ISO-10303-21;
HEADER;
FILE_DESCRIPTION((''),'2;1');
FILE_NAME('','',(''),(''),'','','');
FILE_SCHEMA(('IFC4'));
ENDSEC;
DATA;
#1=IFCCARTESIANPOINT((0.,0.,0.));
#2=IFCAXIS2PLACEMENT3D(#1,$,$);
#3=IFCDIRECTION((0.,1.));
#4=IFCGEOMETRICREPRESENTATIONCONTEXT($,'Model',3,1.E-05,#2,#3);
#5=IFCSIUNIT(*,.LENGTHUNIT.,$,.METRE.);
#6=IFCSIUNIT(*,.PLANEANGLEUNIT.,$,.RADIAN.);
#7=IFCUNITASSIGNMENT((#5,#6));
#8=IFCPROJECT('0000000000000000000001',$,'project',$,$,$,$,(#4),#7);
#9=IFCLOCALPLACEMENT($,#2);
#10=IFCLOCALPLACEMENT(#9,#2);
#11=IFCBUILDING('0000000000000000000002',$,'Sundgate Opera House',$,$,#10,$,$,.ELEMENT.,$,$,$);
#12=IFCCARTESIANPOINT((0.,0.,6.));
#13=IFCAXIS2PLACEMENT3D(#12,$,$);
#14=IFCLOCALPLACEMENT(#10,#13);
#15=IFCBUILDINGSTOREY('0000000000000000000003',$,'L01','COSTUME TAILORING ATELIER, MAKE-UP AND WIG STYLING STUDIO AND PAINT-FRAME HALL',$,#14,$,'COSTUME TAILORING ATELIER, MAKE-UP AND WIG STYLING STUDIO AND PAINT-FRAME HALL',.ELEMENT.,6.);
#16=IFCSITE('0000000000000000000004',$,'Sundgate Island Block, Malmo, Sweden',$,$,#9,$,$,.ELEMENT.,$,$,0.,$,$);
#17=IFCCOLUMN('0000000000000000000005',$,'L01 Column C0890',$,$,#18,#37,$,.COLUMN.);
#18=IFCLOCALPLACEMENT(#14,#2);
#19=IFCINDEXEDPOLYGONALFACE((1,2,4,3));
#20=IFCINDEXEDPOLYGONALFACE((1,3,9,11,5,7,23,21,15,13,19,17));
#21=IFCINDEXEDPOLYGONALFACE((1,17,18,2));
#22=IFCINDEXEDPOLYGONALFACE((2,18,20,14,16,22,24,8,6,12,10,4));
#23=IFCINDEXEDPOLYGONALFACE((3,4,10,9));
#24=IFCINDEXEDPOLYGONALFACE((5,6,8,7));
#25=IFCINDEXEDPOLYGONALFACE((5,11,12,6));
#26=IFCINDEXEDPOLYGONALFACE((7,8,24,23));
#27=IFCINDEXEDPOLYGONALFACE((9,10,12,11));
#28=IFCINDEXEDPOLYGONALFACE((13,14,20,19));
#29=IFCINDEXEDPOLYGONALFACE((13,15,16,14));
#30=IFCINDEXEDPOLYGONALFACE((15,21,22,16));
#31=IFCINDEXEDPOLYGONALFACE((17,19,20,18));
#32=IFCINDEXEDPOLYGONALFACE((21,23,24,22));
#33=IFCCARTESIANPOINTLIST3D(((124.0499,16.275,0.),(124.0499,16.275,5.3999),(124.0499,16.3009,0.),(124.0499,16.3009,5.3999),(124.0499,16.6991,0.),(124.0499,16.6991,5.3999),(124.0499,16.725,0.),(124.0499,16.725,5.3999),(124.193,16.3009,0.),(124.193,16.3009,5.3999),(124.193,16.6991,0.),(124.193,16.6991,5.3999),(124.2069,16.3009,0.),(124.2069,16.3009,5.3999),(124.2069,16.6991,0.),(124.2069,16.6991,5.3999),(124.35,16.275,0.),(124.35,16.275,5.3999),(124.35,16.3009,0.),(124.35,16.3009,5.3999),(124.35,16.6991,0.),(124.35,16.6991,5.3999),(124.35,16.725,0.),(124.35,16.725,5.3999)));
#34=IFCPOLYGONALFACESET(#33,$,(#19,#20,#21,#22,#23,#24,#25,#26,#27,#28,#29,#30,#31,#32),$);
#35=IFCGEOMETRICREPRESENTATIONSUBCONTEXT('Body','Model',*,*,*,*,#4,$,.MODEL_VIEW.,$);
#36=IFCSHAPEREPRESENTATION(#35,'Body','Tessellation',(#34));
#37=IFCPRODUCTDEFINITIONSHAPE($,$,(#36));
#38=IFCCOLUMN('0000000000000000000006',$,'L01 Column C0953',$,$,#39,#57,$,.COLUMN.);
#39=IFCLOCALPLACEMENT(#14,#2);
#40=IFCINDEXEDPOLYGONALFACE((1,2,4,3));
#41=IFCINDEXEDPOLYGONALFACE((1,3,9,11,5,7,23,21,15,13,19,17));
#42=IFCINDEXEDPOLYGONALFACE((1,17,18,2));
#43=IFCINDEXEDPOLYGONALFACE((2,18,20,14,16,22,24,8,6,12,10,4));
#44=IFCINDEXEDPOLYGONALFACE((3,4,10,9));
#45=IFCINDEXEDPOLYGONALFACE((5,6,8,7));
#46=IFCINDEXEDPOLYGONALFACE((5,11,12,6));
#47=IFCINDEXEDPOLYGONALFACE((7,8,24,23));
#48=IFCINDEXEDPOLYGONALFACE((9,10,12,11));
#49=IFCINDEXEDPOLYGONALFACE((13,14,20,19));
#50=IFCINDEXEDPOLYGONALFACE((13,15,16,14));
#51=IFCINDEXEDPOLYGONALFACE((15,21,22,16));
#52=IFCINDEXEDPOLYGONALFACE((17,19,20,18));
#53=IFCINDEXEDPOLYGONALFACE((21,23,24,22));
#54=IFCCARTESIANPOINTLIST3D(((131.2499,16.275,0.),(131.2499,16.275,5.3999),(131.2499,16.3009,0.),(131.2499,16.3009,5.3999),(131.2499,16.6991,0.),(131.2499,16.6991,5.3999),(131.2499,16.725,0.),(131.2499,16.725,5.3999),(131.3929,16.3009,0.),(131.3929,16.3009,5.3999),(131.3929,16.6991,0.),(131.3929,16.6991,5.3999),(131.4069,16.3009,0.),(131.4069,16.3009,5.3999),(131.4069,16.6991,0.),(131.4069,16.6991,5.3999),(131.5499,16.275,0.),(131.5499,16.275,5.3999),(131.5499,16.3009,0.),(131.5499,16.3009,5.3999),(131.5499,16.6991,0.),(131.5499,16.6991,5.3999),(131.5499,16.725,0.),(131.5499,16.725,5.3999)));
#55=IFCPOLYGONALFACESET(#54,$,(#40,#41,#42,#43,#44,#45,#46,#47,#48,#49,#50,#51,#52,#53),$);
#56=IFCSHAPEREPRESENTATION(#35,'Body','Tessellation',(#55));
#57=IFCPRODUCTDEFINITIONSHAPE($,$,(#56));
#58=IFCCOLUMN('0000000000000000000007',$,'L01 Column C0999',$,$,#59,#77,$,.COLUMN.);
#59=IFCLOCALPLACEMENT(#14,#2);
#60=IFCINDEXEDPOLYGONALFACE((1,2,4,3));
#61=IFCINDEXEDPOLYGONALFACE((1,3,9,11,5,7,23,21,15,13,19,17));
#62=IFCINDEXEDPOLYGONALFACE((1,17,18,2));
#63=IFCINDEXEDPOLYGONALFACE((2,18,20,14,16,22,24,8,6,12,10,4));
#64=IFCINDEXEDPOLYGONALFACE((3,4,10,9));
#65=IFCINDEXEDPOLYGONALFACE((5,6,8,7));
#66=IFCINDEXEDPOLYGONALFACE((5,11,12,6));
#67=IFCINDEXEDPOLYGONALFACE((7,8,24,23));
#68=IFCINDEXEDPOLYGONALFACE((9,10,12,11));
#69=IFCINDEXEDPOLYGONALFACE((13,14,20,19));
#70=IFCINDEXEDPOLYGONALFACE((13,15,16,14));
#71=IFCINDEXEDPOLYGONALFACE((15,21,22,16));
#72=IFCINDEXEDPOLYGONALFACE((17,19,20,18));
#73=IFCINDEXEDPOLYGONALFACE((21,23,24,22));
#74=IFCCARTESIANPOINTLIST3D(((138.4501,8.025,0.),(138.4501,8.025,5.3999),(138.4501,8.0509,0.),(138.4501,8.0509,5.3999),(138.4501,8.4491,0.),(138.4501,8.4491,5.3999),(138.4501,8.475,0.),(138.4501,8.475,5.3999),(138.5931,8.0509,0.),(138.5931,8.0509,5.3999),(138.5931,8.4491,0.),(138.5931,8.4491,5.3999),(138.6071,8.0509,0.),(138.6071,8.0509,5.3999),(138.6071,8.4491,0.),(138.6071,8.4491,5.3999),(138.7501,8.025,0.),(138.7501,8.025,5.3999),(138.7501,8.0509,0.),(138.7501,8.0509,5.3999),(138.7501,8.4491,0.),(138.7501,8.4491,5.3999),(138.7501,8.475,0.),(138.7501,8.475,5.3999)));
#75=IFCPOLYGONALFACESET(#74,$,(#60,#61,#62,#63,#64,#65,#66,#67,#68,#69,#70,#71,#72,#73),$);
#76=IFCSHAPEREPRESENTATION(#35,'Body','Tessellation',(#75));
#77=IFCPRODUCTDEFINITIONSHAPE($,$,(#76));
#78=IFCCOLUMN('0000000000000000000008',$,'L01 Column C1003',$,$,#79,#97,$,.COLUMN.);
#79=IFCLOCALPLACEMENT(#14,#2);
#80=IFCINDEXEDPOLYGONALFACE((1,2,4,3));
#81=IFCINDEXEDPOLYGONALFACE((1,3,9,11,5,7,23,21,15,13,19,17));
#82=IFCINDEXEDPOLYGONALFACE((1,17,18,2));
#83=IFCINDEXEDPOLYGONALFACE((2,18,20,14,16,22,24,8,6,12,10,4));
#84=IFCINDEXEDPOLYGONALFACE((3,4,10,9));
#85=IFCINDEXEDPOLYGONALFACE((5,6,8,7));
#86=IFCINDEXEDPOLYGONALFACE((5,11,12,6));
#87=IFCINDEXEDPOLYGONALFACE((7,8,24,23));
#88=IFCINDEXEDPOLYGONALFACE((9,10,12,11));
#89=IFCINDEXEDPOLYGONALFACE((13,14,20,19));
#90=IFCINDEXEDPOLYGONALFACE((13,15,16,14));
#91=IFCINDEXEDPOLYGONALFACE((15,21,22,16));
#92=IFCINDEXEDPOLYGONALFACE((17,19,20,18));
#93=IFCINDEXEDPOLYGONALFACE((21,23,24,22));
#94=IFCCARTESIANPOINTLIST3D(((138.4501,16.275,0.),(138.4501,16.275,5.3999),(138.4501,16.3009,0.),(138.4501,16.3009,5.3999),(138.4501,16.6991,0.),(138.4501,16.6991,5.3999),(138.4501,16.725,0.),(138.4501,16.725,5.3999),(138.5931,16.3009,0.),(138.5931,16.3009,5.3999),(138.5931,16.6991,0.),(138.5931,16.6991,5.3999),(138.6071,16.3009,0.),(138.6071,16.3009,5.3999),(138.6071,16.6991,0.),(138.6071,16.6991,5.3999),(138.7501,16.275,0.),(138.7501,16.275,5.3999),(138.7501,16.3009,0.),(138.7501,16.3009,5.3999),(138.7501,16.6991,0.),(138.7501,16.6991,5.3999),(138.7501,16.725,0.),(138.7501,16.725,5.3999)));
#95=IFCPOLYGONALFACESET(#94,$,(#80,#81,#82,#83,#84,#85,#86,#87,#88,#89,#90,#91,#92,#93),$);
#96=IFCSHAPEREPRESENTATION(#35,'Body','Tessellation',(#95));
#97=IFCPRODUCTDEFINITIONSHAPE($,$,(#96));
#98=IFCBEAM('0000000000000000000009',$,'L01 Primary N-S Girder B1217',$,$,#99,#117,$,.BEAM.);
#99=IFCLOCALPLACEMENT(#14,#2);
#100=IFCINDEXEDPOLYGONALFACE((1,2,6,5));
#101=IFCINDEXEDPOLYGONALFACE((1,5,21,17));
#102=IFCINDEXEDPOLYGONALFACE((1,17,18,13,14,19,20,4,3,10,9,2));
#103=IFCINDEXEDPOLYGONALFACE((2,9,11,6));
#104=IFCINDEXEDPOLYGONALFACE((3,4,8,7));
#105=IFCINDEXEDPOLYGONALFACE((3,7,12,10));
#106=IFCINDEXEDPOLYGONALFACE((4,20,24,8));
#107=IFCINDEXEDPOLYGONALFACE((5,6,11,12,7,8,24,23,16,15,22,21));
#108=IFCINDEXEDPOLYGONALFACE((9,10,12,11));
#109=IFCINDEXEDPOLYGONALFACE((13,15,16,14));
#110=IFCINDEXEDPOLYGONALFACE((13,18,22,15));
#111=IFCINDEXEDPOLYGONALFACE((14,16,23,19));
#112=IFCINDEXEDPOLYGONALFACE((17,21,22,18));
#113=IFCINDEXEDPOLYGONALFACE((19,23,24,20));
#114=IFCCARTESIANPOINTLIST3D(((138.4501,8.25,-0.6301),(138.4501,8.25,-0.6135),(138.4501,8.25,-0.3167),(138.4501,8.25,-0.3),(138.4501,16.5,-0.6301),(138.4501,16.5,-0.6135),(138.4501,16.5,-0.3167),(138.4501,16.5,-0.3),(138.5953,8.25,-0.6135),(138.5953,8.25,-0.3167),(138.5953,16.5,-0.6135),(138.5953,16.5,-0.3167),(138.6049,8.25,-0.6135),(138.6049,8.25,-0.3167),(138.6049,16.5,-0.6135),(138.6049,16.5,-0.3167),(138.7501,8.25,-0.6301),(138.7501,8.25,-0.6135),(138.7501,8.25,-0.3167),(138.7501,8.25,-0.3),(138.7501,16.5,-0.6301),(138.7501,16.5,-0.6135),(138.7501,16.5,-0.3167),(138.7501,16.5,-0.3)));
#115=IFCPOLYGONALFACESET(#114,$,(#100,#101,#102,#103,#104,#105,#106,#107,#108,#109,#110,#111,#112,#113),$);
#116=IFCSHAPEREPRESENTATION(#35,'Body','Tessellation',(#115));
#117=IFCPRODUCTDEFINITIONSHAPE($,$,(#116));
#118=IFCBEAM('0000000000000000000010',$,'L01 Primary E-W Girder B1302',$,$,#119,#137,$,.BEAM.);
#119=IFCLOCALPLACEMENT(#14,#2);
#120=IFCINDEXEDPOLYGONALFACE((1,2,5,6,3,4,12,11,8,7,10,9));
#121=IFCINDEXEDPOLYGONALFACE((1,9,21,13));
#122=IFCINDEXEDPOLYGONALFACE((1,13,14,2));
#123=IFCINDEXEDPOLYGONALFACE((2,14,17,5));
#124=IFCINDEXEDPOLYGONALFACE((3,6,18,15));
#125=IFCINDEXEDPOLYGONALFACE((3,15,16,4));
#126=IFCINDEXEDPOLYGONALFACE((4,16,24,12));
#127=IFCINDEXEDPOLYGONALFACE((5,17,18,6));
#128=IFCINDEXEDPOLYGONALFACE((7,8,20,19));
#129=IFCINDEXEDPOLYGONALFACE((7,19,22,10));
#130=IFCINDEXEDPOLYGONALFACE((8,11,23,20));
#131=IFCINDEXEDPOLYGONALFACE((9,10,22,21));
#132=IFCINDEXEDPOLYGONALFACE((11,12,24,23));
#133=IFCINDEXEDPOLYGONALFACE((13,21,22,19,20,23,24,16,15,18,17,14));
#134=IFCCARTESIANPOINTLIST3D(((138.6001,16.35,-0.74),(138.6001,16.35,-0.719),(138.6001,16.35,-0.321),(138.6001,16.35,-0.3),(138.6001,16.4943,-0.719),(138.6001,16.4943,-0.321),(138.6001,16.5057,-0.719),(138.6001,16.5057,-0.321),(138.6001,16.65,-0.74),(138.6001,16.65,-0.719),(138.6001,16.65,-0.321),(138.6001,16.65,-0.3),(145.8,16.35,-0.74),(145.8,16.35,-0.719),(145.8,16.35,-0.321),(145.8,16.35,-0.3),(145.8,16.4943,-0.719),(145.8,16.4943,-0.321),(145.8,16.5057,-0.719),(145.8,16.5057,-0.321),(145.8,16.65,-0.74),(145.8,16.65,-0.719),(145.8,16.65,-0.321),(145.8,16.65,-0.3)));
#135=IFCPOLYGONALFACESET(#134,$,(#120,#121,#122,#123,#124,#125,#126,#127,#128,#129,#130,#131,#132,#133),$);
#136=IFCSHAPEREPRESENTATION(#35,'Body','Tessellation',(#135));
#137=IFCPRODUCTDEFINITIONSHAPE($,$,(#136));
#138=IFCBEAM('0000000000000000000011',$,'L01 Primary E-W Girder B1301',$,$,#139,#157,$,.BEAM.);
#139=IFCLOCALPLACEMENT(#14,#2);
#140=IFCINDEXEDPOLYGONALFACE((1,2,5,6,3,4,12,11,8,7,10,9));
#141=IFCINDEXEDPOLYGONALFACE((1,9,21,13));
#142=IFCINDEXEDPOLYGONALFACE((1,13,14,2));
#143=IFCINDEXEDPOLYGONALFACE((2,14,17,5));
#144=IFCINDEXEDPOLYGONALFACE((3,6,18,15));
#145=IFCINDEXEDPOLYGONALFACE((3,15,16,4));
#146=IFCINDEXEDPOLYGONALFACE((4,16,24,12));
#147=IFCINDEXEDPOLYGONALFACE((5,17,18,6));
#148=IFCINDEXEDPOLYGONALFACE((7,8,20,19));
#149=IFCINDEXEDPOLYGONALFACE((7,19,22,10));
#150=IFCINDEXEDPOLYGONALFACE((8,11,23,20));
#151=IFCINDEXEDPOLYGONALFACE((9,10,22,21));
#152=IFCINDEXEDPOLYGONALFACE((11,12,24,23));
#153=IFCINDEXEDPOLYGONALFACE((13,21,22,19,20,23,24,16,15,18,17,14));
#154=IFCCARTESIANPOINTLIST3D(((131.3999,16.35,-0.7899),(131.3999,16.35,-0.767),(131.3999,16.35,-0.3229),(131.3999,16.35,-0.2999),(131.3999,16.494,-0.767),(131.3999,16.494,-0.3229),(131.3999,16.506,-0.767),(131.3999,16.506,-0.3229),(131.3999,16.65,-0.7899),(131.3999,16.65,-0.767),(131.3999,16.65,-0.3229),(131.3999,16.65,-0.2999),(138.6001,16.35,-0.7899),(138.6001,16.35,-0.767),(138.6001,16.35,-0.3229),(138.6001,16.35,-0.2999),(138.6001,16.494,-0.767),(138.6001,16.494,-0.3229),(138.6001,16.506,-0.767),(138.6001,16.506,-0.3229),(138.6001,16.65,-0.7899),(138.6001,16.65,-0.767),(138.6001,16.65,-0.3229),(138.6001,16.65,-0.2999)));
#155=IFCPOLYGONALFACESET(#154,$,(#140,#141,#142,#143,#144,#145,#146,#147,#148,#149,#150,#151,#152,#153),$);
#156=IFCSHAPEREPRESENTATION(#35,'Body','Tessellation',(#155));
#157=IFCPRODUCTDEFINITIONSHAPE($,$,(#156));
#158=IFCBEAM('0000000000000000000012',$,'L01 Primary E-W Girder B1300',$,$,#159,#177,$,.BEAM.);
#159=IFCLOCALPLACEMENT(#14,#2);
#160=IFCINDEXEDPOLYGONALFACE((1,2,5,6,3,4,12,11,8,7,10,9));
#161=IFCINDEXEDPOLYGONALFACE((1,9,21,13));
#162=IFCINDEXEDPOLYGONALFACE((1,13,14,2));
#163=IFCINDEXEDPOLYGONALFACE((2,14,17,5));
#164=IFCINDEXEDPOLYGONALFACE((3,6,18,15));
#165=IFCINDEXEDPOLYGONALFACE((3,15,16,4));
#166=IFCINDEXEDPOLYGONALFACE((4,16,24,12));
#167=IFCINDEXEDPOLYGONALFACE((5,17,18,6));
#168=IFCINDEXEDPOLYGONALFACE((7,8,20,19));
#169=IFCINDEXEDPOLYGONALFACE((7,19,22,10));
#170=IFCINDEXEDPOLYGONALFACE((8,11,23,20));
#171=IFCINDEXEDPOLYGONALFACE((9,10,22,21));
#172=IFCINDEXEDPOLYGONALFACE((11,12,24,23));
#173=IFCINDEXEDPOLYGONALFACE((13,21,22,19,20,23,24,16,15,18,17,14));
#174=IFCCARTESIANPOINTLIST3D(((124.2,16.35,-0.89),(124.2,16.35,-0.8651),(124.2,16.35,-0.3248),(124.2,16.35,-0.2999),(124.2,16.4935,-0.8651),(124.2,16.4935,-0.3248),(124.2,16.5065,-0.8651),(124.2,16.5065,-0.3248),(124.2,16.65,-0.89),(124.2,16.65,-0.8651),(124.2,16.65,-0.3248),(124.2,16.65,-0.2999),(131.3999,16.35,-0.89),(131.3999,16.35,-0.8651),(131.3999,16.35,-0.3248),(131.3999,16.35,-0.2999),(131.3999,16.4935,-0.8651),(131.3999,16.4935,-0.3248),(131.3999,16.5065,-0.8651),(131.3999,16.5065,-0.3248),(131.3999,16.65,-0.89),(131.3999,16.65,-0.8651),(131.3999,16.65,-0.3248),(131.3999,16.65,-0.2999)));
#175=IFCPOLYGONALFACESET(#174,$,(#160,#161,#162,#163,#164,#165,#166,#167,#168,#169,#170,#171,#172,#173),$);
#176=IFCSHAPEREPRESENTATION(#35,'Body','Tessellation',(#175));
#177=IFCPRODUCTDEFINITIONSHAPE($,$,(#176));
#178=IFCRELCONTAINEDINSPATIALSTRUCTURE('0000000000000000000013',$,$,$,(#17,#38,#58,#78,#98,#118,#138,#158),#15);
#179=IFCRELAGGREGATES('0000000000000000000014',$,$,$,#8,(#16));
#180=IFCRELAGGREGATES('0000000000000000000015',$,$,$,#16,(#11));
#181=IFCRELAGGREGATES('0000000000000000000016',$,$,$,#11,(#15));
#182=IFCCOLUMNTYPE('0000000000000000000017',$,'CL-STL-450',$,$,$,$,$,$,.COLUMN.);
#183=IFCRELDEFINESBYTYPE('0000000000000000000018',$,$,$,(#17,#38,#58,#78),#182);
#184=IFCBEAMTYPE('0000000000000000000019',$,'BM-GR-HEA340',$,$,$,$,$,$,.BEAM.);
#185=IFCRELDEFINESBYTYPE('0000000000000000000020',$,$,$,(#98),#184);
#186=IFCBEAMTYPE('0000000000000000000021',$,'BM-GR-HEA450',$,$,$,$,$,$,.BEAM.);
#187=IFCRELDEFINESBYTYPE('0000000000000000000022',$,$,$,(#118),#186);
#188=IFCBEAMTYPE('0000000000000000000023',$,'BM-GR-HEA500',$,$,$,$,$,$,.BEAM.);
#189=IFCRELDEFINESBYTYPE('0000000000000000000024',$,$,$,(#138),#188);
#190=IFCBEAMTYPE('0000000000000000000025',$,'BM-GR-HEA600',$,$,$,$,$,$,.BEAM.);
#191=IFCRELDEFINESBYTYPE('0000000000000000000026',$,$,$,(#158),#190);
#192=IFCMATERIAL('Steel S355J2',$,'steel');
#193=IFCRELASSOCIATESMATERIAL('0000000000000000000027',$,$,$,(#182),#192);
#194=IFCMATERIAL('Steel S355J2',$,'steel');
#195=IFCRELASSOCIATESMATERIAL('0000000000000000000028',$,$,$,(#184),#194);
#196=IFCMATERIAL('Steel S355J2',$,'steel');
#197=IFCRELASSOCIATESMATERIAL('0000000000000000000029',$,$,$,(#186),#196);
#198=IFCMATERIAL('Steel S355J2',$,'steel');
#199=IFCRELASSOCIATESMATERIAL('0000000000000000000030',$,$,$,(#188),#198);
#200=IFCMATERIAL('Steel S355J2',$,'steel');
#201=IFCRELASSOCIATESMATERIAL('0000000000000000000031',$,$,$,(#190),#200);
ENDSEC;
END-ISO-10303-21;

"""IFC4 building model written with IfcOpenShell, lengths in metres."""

from ifc_helpers import new_model, si_unit, direction, frame, origin, origin_2d, place, context, subcontext, project, spatial, i_section, extrude, material, material_profile, profile_set, type_object, element, save


model = new_model("IFC4")

# Units and contexts
model_context = context("Model", 3, precision=1e-05, world=origin(), true_north=direction((0.0, 1.0)))
body_context = subcontext(model_context, "Body", "Model", "MODEL_VIEW")
ifc_project = project(units=[si_unit("LENGTHUNIT", "METRE"), si_unit("PLANEANGLEUNIT", "RADIAN")], contexts=[model_context])

# Site, building, storey
site_placement = place(None, origin())
site = spatial("IfcSite", under=ifc_project, at=site_placement, Name="Sundgate Island Block, Malmo, Sweden", CompositionType="ELEMENT", RefElevation=0.0)
building_placement = place(site_placement, origin())
building = spatial("IfcBuilding", under=site, at=building_placement, Name="Sundgate Opera House", CompositionType="ELEMENT")
storey_placement = place(building_placement, frame((0.0, 0.0, 6.0)))
storey = spatial("IfcBuildingStorey", under=building, at=storey_placement, Name="L01", Description="COSTUME TAILORING ATELIER, MAKE-UP AND WIG STYLING STUDIO AND PAINT-FRAME HALL", LongName="COSTUME TAILORING ATELIER, MAKE-UP AND WIG STYLING STUDIO AND PAINT-FRAME HALL", CompositionType="ELEMENT", Elevation=6.0)

# Columns
ifc_material_1 = material(Name="Steel S355J2", Category="steel")
ifc_material_profile_1 = material_profile(ifc_material_1, i_section(OverallWidth=0.3, OverallDepth=0.45, WebThickness=0.0139, FlangeThickness=0.0259, at=origin_2d()), Name="HEB 450")
ifc_profile_set_1 = profile_set([ifc_material_profile_1], Name="Steel S355J2")
column_type = type_object("IfcColumnType", Name="CL-STL-450", PredefinedType="COLUMN", material=ifc_profile_set_1)
for number, where, z_axis, x_axis, name in (
    (1, (124.2, 16.5, 0.0), (0.0, 0.0, 1.0), (1.0, 0.0, 0.0), "L01 Column C0890"),
    (2, (131.3999, 16.5, 0.0), (0.0, 0.0, 1.0), (1.0, 0.0, 0.0), "L01 Column C0953"),
    (3, (138.6001, 8.25, 0.0), (0.0, 0.0, 1.0), (1.0, 0.0, 0.0), "L01 Column C0999"),
    (4, (138.6001, 16.5, 0.0), (0.0, 0.0, 1.0), (1.0, 0.0, 0.0), "L01 Column C1003"),
):
    element("IfcColumn", number, at=place(storey_placement, frame(where, z_axis=z_axis, x_axis=x_axis)), inside=storey, type_object=column_type, Name=name, PredefinedType="COLUMN", context=body_context, shape_type="SweptSolid", body=[
        extrude(i_section(OverallWidth=0.3, OverallDepth=0.45, WebThickness=0.0139, FlangeThickness=0.0259, at=origin_2d()), origin(), (0.0, 0.0, 1.0), 5.3999),
    ])

# Beams
ifc_material_2 = material(Name="Steel S355J2", Category="steel")
ifc_material_profile_2 = material_profile(ifc_material_2, i_section(OverallWidth=0.3, OverallDepth=0.3301, WebThickness=0.0095, FlangeThickness=0.0166, at=origin_2d()), Name="HEA 340")
ifc_profile_set_2 = profile_set([ifc_material_profile_2], Name="Steel S355J2")
beam_type_1 = type_object("IfcBeamType", Name="BM-GR-HEA340", PredefinedType="BEAM", material=ifc_profile_set_2)
beam_1_placement = place(storey_placement, frame((138.6001, 8.25, -0.4651), z_axis=(0.0, 1.0, 0.0), x_axis=(-1.0, 0.0, 0.0)))
element("IfcBeam", 5, at=beam_1_placement, inside=storey, type_object=beam_type_1, Name="L01 Primary N-S Girder B1217", PredefinedType="BEAM", context=body_context, shape_type="SweptSolid", body=[
    extrude(i_section(OverallWidth=0.3, OverallDepth=0.3301, WebThickness=0.0095, FlangeThickness=0.0166, at=origin_2d()), origin(), (0.0, 0.0, 1.0), 8.25),
])
ifc_material_3 = material(Name="Steel S355J2", Category="steel")
ifc_material_profile_3 = material_profile(ifc_material_3, i_section(OverallWidth=0.3, OverallDepth=0.4399, WebThickness=0.0115, FlangeThickness=0.021, at=origin_2d()), Name="HEA 450")
ifc_profile_set_3 = profile_set([ifc_material_profile_3], Name="Steel S355J2")
beam_type_2 = type_object("IfcBeamType", Name="BM-GR-HEA450", PredefinedType="BEAM", material=ifc_profile_set_3)
beam_2_placement = place(storey_placement, frame((138.6001, 16.5, -0.52), z_axis=(1.0, 0.0, 0.0), x_axis=(0.0, 1.0, 0.0)))
element("IfcBeam", 6, at=beam_2_placement, inside=storey, type_object=beam_type_2, Name="L01 Primary E-W Girder B1302", PredefinedType="BEAM", context=body_context, shape_type="SweptSolid", body=[
    extrude(i_section(OverallWidth=0.3, OverallDepth=0.4399, WebThickness=0.0115, FlangeThickness=0.021, at=origin_2d()), origin(), (0.0, 0.0, 1.0), 7.2),
])
ifc_material_4 = material(Name="Steel S355J2", Category="steel")
ifc_material_profile_4 = material_profile(ifc_material_4, i_section(OverallWidth=0.3, OverallDepth=0.49, WebThickness=0.012, FlangeThickness=0.0229, at=origin_2d()), Name="HEA 500")
ifc_profile_set_4 = profile_set([ifc_material_profile_4], Name="Steel S355J2")
beam_type_3 = type_object("IfcBeamType", Name="BM-GR-HEA500", PredefinedType="BEAM", material=ifc_profile_set_4)
beam_3_placement = place(storey_placement, frame((131.3999, 16.5, -0.5449), z_axis=(1.0, 0.0, 0.0), x_axis=(0.0, 1.0, 0.0)))
element("IfcBeam", 7, at=beam_3_placement, inside=storey, type_object=beam_type_3, Name="L01 Primary E-W Girder B1301", PredefinedType="BEAM", context=body_context, shape_type="SweptSolid", body=[
    extrude(i_section(OverallWidth=0.3, OverallDepth=0.49, WebThickness=0.012, FlangeThickness=0.0229, at=origin_2d()), origin(), (0.0, 0.0, 1.0), 7.2002),
])
ifc_material_5 = material(Name="Steel S355J2", Category="steel")
ifc_material_profile_5 = material_profile(ifc_material_5, i_section(OverallWidth=0.3, OverallDepth=0.5901, WebThickness=0.0129, FlangeThickness=0.0249, at=origin_2d()), Name="HEA 600")
ifc_profile_set_5 = profile_set([ifc_material_profile_5], Name="Steel S355J2")
beam_type_4 = type_object("IfcBeamType", Name="BM-GR-HEA600", PredefinedType="BEAM", material=ifc_profile_set_5)
beam_4_placement = place(storey_placement, frame((124.2, 16.5, -0.595), z_axis=(1.0, 0.0, 0.0), x_axis=(0.0, 1.0, 0.0)))
element("IfcBeam", 8, at=beam_4_placement, inside=storey, type_object=beam_type_4, Name="L01 Primary E-W Girder B1300", PredefinedType="BEAM", context=body_context, shape_type="SweptSolid", body=[
    extrude(i_section(OverallWidth=0.3, OverallDepth=0.5901, WebThickness=0.0129, FlangeThickness=0.0249, at=origin_2d()), origin(), (0.0, 0.0, 1.0), 7.2),
])

save(model, "model.ifc")
